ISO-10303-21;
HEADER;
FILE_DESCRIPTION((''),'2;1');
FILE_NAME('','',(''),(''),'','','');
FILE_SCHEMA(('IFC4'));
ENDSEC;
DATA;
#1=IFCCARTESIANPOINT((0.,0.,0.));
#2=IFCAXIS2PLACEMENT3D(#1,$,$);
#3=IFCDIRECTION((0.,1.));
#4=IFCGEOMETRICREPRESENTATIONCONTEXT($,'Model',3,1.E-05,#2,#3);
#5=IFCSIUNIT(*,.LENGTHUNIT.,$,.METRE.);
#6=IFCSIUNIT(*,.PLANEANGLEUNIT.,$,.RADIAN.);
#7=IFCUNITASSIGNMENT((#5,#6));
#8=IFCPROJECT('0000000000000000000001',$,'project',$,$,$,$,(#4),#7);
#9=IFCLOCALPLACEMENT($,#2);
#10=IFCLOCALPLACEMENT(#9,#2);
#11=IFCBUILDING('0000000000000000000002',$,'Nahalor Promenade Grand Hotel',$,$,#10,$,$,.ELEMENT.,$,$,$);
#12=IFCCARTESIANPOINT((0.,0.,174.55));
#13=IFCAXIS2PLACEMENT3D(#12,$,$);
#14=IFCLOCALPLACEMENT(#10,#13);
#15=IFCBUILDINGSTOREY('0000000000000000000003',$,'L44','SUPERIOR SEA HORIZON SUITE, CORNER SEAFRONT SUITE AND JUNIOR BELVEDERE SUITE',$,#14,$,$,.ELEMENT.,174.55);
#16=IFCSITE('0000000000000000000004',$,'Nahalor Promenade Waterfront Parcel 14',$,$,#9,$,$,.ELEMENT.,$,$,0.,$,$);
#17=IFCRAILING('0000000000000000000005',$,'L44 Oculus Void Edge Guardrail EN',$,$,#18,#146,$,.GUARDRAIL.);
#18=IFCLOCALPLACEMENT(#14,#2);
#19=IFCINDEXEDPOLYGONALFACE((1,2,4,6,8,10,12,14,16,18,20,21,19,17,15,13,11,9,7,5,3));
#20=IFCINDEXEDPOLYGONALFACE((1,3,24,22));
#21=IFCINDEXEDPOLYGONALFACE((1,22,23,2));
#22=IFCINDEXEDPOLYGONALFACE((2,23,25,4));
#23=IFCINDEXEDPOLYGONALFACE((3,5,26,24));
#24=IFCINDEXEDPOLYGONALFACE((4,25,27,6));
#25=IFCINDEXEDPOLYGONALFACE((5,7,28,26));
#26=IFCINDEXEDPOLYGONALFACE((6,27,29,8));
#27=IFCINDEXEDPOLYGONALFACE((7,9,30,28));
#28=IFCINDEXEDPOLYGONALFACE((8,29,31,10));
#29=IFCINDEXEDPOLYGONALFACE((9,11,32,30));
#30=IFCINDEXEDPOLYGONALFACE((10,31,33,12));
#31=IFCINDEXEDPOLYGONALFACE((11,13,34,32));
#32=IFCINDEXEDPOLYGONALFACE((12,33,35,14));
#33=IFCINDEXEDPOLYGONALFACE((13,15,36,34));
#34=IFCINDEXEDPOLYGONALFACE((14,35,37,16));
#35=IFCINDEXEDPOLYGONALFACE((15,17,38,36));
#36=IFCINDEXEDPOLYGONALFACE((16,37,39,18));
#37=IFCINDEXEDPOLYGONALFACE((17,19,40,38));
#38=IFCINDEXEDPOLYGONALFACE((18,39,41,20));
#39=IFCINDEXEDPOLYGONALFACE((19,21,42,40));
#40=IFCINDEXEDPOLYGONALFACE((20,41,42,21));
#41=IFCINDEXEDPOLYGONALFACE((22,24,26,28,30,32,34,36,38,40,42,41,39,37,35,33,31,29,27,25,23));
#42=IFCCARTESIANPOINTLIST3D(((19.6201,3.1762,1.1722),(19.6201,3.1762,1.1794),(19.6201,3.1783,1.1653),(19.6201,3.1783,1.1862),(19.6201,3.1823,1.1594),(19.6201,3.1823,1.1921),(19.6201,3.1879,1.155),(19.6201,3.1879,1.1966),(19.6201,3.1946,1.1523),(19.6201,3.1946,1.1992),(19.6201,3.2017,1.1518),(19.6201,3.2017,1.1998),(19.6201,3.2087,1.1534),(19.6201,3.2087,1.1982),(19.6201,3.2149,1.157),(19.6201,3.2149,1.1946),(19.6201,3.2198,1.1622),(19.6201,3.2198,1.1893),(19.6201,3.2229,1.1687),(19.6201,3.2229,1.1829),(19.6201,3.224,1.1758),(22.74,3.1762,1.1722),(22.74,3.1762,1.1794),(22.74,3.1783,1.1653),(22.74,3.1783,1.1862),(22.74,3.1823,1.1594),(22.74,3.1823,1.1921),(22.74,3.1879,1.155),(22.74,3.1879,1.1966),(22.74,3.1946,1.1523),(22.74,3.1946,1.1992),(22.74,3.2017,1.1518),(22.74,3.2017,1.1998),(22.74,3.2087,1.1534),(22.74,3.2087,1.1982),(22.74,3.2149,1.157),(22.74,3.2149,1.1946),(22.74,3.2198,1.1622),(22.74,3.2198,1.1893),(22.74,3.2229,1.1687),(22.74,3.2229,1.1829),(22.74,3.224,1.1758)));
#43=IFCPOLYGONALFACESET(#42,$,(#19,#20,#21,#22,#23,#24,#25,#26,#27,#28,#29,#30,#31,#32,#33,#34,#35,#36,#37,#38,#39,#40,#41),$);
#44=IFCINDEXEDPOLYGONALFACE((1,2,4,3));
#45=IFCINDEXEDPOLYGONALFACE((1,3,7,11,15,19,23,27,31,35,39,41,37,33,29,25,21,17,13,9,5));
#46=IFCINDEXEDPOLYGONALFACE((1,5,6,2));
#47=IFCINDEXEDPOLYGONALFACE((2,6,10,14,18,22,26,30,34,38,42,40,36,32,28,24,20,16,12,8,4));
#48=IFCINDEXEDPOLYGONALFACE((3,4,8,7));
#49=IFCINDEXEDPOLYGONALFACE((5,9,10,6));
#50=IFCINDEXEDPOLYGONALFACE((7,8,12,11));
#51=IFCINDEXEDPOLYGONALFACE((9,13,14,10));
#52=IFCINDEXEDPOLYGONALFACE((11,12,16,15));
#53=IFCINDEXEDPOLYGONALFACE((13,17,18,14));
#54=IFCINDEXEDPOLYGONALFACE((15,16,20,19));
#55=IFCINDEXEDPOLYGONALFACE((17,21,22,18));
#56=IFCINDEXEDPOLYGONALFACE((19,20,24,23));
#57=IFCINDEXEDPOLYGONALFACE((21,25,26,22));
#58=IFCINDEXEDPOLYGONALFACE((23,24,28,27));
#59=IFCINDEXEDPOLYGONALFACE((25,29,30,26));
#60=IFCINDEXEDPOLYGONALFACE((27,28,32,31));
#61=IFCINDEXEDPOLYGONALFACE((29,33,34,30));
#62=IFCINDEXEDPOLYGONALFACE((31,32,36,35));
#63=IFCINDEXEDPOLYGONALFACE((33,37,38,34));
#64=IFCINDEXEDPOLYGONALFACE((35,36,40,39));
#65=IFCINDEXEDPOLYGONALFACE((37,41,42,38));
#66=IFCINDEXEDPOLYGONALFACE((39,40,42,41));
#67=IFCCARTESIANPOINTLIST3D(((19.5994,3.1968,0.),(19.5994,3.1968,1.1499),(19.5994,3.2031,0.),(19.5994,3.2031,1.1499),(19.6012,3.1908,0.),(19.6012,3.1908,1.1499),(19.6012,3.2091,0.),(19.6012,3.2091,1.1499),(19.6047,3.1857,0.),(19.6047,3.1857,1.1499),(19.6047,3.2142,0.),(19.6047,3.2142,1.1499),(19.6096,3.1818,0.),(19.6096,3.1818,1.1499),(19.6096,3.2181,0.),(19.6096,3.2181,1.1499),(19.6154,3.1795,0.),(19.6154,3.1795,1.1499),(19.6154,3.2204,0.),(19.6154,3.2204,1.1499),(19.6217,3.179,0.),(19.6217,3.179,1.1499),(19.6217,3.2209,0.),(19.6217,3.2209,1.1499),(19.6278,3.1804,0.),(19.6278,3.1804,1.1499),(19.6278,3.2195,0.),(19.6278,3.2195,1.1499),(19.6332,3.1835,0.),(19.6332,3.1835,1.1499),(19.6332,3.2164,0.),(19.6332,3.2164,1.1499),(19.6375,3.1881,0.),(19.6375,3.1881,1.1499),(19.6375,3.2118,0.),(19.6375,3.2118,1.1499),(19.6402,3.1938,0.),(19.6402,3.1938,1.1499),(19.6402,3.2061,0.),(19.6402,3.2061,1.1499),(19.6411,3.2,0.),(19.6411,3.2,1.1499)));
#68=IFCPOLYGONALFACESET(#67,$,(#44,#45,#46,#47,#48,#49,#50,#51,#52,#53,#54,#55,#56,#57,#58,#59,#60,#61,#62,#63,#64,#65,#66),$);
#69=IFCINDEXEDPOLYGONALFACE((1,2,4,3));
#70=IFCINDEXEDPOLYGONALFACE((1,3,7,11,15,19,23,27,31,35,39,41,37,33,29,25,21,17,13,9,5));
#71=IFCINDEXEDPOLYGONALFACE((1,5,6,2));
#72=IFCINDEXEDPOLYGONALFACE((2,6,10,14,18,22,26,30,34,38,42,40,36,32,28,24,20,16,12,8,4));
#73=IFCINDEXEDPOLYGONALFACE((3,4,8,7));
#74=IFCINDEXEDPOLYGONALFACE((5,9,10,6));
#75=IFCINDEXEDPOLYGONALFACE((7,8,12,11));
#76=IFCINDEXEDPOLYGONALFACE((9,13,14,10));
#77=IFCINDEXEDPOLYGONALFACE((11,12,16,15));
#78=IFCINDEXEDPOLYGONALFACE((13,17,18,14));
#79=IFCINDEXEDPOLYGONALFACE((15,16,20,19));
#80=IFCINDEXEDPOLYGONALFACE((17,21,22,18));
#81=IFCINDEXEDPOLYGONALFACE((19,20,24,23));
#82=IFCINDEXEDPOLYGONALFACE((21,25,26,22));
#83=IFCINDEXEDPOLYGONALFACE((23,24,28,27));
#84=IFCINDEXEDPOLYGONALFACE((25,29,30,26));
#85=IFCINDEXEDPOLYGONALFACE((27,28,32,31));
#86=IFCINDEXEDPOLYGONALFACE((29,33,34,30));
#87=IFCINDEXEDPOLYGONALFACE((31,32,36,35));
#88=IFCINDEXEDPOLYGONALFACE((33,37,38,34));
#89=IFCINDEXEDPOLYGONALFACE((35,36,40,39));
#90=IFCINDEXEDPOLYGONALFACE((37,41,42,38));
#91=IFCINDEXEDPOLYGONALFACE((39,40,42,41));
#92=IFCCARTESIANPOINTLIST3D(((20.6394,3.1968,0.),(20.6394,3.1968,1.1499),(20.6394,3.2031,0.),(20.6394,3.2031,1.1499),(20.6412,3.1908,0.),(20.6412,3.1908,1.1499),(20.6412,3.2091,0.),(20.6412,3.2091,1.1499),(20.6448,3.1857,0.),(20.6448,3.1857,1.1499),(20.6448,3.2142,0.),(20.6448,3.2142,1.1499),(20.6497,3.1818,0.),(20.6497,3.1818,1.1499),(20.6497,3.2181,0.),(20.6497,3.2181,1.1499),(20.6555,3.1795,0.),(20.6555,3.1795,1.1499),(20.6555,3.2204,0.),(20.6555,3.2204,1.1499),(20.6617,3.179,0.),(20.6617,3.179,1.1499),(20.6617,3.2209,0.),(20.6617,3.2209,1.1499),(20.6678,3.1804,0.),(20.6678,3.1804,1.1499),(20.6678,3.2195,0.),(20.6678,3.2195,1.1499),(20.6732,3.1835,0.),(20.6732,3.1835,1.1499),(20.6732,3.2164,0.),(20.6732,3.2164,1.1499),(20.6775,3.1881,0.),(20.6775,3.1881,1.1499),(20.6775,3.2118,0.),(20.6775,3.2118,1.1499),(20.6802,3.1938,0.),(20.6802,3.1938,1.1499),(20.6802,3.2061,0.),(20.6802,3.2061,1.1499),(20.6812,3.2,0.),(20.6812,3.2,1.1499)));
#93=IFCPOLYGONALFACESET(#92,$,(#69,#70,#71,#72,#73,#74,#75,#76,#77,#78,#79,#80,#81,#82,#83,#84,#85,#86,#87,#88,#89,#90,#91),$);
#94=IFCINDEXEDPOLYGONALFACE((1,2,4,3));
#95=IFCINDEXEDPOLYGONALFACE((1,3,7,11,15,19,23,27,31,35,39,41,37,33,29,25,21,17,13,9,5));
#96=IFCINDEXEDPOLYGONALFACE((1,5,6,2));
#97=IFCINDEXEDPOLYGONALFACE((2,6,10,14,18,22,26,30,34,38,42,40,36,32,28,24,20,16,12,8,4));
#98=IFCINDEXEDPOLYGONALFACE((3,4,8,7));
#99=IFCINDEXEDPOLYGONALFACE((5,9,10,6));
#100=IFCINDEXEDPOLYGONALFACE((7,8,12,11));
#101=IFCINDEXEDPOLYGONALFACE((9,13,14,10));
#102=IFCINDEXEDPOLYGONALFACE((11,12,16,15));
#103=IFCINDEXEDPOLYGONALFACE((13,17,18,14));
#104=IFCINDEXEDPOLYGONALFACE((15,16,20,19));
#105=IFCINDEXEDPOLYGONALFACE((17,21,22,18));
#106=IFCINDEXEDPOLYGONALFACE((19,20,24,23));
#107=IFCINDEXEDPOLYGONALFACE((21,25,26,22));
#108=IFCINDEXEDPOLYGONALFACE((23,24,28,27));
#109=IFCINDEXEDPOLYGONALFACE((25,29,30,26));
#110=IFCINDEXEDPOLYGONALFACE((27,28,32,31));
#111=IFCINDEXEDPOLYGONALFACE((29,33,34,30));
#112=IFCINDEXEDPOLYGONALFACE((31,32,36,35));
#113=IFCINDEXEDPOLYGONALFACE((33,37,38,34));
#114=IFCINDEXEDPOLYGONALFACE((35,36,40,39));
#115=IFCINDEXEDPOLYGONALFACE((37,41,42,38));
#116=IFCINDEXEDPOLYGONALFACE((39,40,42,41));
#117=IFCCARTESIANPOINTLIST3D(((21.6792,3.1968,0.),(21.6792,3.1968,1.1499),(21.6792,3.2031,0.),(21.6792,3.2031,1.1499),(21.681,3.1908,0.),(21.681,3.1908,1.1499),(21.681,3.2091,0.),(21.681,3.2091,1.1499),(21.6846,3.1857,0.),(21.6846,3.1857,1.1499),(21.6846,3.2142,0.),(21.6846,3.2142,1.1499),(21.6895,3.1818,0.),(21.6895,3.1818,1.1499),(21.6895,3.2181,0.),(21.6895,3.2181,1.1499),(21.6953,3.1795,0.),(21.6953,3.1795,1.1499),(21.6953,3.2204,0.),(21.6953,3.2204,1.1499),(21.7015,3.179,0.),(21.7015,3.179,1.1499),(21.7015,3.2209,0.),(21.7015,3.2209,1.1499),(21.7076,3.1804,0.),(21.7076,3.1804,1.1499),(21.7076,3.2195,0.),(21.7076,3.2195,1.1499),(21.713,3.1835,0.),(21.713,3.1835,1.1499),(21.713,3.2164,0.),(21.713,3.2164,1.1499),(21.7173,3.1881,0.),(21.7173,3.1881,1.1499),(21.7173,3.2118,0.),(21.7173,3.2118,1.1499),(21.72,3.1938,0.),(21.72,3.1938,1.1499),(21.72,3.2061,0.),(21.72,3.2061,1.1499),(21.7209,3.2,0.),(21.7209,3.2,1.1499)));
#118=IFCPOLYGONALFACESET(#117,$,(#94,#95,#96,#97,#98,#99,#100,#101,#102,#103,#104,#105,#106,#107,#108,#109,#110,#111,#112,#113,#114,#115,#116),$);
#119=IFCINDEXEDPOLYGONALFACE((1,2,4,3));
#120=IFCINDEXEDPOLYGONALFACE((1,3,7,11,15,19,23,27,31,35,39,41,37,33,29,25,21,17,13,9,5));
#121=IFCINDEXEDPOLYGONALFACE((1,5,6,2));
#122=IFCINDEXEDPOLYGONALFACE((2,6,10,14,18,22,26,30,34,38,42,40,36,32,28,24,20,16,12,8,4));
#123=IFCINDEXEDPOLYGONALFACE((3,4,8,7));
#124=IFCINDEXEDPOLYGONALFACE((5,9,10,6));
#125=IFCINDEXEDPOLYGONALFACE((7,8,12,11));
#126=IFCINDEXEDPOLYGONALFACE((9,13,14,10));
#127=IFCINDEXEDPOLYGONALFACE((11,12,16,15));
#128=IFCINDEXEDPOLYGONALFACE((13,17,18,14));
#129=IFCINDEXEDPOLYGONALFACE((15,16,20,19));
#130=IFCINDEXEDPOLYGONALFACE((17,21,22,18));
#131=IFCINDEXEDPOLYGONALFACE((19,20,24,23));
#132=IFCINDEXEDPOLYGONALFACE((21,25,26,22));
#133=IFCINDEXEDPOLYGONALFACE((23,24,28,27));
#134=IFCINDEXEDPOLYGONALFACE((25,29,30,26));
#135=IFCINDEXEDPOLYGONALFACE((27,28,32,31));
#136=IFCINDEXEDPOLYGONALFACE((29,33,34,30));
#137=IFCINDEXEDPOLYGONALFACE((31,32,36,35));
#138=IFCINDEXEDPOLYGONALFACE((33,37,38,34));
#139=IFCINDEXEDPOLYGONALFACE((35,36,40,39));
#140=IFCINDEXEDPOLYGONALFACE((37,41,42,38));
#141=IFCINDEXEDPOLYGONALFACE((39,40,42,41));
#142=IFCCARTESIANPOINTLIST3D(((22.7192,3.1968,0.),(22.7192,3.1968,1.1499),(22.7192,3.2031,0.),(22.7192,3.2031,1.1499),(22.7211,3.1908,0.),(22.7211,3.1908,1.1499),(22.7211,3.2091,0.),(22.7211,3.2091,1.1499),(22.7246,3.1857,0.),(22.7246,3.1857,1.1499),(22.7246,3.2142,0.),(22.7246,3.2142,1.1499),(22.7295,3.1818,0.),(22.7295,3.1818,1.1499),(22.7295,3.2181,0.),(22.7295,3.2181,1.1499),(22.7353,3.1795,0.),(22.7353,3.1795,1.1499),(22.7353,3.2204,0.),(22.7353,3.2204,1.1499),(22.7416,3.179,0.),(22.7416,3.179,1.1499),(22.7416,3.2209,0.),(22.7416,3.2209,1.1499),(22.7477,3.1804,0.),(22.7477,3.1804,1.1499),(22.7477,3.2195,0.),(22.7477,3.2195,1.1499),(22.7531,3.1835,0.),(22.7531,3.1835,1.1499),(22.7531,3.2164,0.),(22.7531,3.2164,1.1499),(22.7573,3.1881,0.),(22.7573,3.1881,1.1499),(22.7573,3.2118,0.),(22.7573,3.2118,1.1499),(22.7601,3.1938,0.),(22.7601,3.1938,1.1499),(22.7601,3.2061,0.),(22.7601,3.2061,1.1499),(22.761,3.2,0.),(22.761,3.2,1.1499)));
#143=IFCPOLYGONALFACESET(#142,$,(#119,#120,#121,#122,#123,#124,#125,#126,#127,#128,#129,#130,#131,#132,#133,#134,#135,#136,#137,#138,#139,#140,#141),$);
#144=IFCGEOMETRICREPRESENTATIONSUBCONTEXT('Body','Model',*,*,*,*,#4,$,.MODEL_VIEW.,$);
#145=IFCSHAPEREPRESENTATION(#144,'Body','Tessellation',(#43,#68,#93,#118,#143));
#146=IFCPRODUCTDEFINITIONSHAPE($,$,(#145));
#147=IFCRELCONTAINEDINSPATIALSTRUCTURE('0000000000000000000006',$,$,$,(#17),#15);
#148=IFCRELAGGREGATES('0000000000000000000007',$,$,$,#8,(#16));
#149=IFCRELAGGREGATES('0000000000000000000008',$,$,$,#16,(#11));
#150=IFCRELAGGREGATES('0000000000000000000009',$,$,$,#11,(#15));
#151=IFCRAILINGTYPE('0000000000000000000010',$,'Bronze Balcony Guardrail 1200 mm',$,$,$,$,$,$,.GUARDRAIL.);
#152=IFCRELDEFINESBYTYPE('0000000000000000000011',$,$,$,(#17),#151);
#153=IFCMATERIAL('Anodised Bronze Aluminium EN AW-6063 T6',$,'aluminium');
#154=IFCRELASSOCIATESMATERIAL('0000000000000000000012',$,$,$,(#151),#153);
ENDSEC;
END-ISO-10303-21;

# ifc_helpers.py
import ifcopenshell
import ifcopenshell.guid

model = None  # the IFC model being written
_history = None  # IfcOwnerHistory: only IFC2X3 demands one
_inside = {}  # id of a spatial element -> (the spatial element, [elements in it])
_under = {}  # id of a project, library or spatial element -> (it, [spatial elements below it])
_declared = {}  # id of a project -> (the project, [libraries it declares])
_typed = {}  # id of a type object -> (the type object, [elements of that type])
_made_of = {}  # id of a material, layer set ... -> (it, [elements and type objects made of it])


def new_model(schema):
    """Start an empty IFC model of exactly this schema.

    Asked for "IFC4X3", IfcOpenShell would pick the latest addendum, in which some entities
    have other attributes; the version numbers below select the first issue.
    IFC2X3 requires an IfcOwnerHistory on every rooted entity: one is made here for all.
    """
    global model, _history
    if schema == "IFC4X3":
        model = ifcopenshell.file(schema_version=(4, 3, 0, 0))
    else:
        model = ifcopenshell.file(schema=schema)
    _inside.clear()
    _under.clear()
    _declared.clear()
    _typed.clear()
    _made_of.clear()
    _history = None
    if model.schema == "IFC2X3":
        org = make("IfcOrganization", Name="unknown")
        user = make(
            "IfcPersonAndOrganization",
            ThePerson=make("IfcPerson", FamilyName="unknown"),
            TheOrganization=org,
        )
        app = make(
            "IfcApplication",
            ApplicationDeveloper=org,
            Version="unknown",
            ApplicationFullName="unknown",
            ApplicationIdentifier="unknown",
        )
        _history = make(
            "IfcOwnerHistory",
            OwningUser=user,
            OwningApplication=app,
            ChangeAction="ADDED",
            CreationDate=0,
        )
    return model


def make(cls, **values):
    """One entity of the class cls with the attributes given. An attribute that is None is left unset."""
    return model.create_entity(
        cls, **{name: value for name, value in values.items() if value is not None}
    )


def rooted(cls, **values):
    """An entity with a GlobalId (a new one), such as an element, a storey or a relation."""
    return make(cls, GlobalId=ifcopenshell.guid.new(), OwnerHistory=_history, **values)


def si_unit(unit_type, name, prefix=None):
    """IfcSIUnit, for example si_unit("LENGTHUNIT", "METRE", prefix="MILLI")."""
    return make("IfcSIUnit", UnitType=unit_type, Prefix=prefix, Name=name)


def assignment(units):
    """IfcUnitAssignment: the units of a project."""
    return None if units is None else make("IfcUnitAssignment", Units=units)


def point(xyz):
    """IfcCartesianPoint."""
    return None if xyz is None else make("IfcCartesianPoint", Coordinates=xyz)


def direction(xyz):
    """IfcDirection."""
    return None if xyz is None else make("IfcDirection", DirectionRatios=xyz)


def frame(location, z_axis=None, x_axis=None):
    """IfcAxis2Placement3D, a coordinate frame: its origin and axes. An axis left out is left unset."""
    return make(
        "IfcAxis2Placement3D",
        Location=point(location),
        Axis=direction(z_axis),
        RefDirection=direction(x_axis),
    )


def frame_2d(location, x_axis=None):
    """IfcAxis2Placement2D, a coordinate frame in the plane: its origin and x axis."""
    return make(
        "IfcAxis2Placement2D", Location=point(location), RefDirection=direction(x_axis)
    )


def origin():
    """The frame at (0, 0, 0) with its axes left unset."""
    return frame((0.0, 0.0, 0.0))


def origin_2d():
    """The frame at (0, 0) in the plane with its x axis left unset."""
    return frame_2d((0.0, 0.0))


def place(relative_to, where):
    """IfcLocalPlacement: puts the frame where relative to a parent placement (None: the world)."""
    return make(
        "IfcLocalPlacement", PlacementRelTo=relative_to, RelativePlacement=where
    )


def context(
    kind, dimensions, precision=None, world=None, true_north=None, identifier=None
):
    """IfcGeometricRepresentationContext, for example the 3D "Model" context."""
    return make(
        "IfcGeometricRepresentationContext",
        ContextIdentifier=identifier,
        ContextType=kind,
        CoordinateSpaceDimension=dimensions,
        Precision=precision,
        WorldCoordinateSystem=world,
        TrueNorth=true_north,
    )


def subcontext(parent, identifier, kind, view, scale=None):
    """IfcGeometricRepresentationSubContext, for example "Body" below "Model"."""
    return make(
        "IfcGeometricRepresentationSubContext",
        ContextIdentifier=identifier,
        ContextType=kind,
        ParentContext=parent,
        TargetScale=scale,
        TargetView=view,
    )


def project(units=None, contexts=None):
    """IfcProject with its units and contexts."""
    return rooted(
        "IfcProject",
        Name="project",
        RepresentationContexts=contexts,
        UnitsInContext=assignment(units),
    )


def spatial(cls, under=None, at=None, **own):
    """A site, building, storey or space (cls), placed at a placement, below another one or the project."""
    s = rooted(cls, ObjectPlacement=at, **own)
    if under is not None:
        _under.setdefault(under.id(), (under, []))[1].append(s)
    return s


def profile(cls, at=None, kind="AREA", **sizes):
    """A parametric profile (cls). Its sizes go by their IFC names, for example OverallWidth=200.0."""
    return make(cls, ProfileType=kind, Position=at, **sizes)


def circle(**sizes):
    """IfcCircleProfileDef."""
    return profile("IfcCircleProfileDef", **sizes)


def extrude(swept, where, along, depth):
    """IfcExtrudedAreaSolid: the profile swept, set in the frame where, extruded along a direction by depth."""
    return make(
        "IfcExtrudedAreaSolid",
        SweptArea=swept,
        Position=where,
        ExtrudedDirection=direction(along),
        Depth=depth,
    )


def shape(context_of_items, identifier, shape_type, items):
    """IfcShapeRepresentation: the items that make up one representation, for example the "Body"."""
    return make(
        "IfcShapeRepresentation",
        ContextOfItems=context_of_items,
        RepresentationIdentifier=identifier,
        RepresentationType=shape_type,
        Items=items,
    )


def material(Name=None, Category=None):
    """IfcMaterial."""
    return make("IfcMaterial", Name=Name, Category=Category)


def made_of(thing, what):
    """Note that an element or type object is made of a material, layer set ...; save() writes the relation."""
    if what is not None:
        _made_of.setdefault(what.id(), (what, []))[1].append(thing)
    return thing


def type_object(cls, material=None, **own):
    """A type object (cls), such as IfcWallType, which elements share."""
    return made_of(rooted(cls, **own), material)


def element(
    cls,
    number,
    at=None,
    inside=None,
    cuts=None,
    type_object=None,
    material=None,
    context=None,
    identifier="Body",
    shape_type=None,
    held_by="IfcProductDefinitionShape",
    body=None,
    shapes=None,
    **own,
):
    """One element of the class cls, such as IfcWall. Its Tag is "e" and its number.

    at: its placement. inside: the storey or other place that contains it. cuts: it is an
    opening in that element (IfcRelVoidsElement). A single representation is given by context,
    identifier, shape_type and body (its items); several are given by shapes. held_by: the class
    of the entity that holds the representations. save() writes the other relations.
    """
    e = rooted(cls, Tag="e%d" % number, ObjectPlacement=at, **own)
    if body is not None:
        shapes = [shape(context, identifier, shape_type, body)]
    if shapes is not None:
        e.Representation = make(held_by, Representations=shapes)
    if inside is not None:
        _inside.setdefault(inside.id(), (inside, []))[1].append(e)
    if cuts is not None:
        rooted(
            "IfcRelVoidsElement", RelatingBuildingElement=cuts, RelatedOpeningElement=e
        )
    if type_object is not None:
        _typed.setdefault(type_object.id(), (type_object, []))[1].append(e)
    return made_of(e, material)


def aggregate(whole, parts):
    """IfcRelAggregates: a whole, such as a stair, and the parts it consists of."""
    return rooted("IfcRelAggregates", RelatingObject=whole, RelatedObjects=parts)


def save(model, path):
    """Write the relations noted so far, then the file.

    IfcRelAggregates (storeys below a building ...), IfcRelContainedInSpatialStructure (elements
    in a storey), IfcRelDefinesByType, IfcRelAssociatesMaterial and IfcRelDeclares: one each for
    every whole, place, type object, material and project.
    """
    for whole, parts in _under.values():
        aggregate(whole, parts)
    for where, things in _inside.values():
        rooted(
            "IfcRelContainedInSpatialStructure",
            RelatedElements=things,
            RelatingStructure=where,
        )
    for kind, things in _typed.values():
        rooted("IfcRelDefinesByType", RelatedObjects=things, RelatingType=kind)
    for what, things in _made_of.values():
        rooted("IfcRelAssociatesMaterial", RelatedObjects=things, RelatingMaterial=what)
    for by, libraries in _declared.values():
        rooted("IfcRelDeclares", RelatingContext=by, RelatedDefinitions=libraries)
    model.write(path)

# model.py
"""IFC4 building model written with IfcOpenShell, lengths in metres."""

from ifc_helpers import new_model, si_unit, direction, frame, origin, origin_2d, place, context, subcontext, project, spatial, circle, extrude, material, type_object, element, save


model = new_model("IFC4")

# Units and contexts
model_context = context("Model", 3, precision=1e-05, world=origin(), true_north=direction((0.0, 1.0)))
body_context = subcontext(model_context, "Body", "Model", "MODEL_VIEW")
ifc_project = project(units=[si_unit("LENGTHUNIT", "METRE"), si_unit("PLANEANGLEUNIT", "RADIAN")], contexts=[model_context])

# Site, building, storey
site_placement = place(None, origin())
site = spatial("IfcSite", under=ifc_project, at=site_placement, Name="Nahalor Promenade Waterfront Parcel 14", CompositionType="ELEMENT", RefElevation=0.0)
building_placement = place(site_placement, origin())
building = spatial("IfcBuilding", under=site, at=building_placement, Name="Nahalor Promenade Grand Hotel", CompositionType="ELEMENT")
storey_placement = place(building_placement, frame((0.0, 0.0, 174.55)))
storey = spatial("IfcBuildingStorey", under=building, at=storey_placement, Name="L44", Description="SUPERIOR SEA HORIZON SUITE, CORNER SEAFRONT SUITE AND JUNIOR BELVEDERE SUITE", CompositionType="ELEMENT", Elevation=174.55)

# Shared definitions
ifc_material_1 = material(Name="Anodised Bronze Aluminium EN AW-6063 T6", Category="aluminium")

# Railing
railing_type = type_object("IfcRailingType", Name="Bronze Balcony Guardrail 1200 mm", PredefinedType="GUARDRAIL", material=ifc_material_1)
for number, where, name in (
    (1, (19.6201, 3.2, 0.0), "L44 Oculus Void Edge Guardrail EN"),
):
    element("IfcRailing", number, at=place(storey_placement, frame(where)), inside=storey, type_object=railing_type, Name=name, PredefinedType="GUARDRAIL", context=body_context, shape_type="SweptSolid", body=[
        extrude(circle(Radius=0.024, at=origin_2d()), frame((0.0, 0.0, 1.1758), z_axis=(1.0, 0.0, 0.0), x_axis=(0.0, 1.0, 0.0)), (0.0, 0.0, 1.0), 3.1199),
        extrude(circle(Radius=0.021, at=origin_2d()), origin(), (0.0, 0.0, 1.0), 1.1499),
        extrude(circle(Radius=0.021, at=origin_2d()), frame((1.04, 0.0, 0.0)), (0.0, 0.0, 1.0), 1.1499),
        extrude(circle(Radius=0.021, at=origin_2d()), frame((2.0798, 0.0, 0.0)), (0.0, 0.0, 1.0), 1.1499),
        extrude(circle(Radius=0.021, at=origin_2d()), frame((3.1199, 0.0, 0.0)), (0.0, 0.0, 1.0), 1.1499),
    ])

save(model, "model.ifc")
